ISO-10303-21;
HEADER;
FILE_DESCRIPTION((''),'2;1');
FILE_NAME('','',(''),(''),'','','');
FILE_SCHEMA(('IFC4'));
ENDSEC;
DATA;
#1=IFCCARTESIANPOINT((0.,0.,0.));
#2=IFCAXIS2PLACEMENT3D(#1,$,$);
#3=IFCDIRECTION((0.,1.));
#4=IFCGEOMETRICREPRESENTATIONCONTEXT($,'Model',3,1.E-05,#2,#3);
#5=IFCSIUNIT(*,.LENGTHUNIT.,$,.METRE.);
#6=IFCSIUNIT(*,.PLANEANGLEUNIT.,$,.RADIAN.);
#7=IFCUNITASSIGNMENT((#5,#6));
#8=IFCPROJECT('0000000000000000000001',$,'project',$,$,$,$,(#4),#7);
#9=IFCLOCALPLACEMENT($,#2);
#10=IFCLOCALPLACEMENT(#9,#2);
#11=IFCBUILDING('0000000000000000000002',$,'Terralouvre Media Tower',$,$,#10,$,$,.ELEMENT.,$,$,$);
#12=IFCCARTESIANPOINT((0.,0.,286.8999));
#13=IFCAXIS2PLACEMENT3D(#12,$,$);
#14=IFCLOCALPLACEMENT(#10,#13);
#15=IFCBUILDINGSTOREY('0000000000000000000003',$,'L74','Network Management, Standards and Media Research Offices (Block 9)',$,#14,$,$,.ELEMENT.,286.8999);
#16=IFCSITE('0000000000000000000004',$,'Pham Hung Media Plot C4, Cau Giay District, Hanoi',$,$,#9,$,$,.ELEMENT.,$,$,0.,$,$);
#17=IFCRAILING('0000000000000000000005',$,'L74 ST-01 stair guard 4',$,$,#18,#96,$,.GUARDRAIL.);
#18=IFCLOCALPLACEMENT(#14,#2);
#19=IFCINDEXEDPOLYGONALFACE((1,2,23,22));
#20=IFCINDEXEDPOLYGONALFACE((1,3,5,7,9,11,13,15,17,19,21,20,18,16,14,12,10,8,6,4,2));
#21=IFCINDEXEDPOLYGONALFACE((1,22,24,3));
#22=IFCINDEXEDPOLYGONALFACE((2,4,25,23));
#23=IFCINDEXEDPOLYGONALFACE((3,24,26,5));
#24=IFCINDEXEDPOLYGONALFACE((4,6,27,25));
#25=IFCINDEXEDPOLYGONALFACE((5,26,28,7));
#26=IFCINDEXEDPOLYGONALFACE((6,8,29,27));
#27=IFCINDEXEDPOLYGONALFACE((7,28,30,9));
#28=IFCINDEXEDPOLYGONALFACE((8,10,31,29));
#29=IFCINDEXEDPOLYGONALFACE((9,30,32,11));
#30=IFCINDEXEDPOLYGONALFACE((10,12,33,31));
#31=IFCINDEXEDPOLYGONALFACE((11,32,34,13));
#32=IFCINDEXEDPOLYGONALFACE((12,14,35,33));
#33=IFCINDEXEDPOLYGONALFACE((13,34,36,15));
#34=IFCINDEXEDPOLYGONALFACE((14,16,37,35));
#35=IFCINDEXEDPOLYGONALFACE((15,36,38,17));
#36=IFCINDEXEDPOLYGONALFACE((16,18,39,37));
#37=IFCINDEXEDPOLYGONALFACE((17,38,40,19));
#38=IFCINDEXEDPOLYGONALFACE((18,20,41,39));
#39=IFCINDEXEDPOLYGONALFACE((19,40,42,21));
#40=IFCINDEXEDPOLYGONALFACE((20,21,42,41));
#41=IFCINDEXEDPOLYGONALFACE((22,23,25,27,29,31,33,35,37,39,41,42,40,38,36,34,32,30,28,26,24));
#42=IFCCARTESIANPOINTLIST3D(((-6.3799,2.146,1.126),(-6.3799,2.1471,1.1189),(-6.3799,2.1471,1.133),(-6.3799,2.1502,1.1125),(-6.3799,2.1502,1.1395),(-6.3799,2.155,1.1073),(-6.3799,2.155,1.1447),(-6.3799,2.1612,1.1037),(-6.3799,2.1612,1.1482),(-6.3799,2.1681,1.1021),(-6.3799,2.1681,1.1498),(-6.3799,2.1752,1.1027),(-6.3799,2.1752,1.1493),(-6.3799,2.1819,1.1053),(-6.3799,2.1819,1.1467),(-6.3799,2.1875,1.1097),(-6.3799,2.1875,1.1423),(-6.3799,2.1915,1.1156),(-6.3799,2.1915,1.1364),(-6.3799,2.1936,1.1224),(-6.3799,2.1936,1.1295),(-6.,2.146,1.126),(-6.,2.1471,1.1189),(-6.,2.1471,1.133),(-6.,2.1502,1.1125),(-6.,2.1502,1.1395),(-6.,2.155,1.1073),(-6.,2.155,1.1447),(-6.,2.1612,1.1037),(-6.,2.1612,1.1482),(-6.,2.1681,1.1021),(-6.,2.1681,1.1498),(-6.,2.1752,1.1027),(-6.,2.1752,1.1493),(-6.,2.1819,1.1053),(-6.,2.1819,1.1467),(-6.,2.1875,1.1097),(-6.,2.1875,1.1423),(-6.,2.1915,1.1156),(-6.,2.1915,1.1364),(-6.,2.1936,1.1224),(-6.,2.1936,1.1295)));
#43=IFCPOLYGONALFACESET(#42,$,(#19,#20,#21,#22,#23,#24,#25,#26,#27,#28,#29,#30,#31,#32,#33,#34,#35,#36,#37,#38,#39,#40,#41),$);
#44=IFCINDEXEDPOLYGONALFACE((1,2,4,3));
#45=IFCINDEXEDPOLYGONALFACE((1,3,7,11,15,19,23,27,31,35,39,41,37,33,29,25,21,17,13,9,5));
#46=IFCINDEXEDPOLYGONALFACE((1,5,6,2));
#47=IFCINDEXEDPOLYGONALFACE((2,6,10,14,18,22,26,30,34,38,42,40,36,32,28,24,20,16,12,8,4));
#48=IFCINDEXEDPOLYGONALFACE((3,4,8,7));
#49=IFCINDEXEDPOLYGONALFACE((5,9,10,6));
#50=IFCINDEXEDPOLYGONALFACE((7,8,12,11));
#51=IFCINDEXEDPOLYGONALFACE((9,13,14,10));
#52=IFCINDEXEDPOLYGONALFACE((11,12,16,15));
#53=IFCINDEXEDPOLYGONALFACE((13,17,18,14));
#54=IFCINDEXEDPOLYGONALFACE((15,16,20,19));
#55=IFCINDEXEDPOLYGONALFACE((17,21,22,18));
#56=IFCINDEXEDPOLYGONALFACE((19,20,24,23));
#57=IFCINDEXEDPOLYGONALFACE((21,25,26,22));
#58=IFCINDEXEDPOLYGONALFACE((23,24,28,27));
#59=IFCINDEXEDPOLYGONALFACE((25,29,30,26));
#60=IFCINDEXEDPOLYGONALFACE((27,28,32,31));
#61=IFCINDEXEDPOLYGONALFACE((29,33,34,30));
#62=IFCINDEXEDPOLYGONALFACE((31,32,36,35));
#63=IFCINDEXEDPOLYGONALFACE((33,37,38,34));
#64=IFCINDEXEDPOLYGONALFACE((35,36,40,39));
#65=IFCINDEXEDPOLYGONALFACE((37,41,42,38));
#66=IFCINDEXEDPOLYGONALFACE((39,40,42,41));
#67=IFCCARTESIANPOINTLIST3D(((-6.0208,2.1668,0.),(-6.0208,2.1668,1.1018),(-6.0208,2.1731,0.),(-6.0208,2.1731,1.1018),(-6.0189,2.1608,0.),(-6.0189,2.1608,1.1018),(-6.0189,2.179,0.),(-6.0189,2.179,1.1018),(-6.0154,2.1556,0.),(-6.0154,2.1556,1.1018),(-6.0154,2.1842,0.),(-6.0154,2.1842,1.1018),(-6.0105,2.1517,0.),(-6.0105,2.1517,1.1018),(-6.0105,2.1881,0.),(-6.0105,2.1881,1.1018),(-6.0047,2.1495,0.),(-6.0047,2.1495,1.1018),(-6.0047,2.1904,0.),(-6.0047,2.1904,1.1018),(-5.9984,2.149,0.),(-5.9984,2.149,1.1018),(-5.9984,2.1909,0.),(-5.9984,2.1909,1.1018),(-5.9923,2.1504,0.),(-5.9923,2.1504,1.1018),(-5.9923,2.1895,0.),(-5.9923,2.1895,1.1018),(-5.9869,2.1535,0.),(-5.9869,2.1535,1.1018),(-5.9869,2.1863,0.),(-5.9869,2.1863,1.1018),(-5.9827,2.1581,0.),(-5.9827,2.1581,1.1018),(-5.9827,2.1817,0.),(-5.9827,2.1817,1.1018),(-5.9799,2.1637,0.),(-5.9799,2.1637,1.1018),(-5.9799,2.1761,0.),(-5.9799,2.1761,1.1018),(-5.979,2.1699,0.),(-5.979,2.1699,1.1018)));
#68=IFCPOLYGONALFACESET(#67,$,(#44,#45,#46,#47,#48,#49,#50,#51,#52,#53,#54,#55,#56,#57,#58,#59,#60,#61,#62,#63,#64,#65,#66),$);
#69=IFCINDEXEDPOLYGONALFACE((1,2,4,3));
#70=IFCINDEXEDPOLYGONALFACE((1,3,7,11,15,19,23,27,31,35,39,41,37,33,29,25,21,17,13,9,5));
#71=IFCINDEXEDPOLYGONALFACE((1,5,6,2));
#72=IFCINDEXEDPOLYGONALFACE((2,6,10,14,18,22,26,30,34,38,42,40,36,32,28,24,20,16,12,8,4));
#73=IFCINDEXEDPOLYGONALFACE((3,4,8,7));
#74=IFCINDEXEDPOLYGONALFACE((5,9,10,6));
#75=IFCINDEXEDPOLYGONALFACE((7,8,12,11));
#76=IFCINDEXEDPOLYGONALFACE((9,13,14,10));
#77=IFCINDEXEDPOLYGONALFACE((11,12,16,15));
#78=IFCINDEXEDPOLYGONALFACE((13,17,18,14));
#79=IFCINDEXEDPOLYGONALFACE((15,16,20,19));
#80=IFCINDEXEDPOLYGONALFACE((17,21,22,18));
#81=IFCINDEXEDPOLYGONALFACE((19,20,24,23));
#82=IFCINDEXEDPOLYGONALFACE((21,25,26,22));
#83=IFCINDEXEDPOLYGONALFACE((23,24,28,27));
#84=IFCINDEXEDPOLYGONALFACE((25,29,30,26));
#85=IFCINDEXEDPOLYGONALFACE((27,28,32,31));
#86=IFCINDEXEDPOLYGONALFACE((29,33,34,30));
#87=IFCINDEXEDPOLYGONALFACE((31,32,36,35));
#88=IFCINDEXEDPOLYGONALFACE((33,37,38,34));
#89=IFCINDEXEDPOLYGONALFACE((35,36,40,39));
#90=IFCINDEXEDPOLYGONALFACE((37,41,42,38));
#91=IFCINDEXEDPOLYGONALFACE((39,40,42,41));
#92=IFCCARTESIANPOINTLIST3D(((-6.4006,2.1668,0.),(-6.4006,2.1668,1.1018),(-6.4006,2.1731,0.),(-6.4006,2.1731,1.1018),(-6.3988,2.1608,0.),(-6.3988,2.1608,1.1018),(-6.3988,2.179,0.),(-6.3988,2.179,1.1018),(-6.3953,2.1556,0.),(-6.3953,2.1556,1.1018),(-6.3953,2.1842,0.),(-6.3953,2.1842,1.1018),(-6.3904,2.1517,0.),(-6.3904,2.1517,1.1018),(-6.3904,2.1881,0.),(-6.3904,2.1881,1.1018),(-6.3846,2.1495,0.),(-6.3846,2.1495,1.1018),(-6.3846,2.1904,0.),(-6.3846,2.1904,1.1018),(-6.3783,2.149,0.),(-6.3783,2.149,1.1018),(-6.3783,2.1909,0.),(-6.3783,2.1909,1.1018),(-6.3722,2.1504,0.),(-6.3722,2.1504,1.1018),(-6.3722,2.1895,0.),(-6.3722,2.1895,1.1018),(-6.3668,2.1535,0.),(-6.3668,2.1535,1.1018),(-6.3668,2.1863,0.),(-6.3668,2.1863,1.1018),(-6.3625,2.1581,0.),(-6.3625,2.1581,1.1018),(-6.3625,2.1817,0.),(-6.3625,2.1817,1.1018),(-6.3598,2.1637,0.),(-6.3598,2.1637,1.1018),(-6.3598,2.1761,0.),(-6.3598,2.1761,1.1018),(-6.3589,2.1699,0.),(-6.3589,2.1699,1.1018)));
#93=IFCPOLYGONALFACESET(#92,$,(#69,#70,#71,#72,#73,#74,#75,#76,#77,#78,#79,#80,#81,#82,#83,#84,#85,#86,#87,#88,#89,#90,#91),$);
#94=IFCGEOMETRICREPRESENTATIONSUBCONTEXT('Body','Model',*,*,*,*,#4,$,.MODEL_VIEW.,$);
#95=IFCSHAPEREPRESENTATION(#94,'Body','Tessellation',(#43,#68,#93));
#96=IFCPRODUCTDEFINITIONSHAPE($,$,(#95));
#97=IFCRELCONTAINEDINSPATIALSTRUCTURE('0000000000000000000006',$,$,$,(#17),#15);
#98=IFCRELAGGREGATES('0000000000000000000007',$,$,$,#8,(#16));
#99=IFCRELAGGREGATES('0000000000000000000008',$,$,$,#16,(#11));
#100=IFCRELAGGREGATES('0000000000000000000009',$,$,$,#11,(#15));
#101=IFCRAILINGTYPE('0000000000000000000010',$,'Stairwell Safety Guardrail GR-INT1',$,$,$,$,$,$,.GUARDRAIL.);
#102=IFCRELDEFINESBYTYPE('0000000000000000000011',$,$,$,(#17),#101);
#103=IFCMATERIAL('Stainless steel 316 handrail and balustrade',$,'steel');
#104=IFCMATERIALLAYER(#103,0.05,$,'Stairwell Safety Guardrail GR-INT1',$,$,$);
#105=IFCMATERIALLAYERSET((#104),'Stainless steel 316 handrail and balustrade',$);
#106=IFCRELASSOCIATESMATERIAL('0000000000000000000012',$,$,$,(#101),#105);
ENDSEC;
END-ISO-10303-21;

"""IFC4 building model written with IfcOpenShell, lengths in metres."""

from ifc_helpers import new_model, si_unit, direction, frame, origin, origin_2d, place, context, subcontext, project, spatial, circle, extrude, material, layer, layer_set, type_object, element, save


model = new_model("IFC4")

# Units and contexts
model_context = context("Model", 3, precision=1e-05, world=origin(), true_north=direction((0.0, 1.0)))
body_context = subcontext(model_context, "Body", "Model", "MODEL_VIEW")
ifc_project = project(units=[si_unit("LENGTHUNIT", "METRE"), si_unit("PLANEANGLEUNIT", "RADIAN")], contexts=[model_context])

# Site, building, storey
site_placement = place(None, origin())
site = spatial("IfcSite", under=ifc_project, at=site_placement, Name="Pham Hung Media Plot C4, Cau Giay District, Hanoi", CompositionType="ELEMENT", RefElevation=0.0)
building_placement = place(site_placement, origin())
building = spatial("IfcBuilding", under=site, at=building_placement, Name="Terralouvre Media Tower", CompositionType="ELEMENT")
storey_placement = place(building_placement, frame((0.0, 0.0, 286.8999)))
storey = spatial("IfcBuildingStorey", under=building, at=storey_placement, Name="L74", Description="Network Management, Standards and Media Research Offices (Block 9)", CompositionType="ELEMENT", Elevation=286.8999)

# Railing
ifc_material_1 = material(Name="Stainless steel 316 handrail and balustrade", Category="steel")
ifc_layer_1 = layer(ifc_material_1, 0.05, Name="Stairwell Safety Guardrail GR-INT1")
ifc_layer_set_1 = layer_set([ifc_layer_1], Name="Stainless steel 316 handrail and balustrade")
railing_type_1 = type_object("IfcRailingType", Name="Stairwell Safety Guardrail GR-INT1", PredefinedType="GUARDRAIL", material=ifc_layer_set_1)
railing_1_placement = place(storey_placement, frame((-6.0, 2.1699, 0.0)))
element("IfcRailing", 1, at=railing_1_placement, inside=storey, type_object=railing_type_1, Name="L74 ST-01 stair guard 4", PredefinedType="GUARDRAIL", context=body_context, shape_type="SweptSolid", body=[
    extrude(circle(Radius=0.0239, at=origin_2d()), frame((0.0, 0.0, 1.126), z_axis=(-1.0, 0.0, 0.0), x_axis=(0.0, -1.0, 0.0)), (0.0, 0.0, 1.0), 0.3799),
    extrude(circle(Radius=0.021, at=origin_2d()), origin(), (0.0, 0.0, 1.0), 1.1018),
    extrude(circle(Radius=0.021, at=origin_2d()), frame((-0.3799, 0.0, 0.0)), (0.0, 0.0, 1.0), 1.1018),
])

save(model, "model.ifc")
